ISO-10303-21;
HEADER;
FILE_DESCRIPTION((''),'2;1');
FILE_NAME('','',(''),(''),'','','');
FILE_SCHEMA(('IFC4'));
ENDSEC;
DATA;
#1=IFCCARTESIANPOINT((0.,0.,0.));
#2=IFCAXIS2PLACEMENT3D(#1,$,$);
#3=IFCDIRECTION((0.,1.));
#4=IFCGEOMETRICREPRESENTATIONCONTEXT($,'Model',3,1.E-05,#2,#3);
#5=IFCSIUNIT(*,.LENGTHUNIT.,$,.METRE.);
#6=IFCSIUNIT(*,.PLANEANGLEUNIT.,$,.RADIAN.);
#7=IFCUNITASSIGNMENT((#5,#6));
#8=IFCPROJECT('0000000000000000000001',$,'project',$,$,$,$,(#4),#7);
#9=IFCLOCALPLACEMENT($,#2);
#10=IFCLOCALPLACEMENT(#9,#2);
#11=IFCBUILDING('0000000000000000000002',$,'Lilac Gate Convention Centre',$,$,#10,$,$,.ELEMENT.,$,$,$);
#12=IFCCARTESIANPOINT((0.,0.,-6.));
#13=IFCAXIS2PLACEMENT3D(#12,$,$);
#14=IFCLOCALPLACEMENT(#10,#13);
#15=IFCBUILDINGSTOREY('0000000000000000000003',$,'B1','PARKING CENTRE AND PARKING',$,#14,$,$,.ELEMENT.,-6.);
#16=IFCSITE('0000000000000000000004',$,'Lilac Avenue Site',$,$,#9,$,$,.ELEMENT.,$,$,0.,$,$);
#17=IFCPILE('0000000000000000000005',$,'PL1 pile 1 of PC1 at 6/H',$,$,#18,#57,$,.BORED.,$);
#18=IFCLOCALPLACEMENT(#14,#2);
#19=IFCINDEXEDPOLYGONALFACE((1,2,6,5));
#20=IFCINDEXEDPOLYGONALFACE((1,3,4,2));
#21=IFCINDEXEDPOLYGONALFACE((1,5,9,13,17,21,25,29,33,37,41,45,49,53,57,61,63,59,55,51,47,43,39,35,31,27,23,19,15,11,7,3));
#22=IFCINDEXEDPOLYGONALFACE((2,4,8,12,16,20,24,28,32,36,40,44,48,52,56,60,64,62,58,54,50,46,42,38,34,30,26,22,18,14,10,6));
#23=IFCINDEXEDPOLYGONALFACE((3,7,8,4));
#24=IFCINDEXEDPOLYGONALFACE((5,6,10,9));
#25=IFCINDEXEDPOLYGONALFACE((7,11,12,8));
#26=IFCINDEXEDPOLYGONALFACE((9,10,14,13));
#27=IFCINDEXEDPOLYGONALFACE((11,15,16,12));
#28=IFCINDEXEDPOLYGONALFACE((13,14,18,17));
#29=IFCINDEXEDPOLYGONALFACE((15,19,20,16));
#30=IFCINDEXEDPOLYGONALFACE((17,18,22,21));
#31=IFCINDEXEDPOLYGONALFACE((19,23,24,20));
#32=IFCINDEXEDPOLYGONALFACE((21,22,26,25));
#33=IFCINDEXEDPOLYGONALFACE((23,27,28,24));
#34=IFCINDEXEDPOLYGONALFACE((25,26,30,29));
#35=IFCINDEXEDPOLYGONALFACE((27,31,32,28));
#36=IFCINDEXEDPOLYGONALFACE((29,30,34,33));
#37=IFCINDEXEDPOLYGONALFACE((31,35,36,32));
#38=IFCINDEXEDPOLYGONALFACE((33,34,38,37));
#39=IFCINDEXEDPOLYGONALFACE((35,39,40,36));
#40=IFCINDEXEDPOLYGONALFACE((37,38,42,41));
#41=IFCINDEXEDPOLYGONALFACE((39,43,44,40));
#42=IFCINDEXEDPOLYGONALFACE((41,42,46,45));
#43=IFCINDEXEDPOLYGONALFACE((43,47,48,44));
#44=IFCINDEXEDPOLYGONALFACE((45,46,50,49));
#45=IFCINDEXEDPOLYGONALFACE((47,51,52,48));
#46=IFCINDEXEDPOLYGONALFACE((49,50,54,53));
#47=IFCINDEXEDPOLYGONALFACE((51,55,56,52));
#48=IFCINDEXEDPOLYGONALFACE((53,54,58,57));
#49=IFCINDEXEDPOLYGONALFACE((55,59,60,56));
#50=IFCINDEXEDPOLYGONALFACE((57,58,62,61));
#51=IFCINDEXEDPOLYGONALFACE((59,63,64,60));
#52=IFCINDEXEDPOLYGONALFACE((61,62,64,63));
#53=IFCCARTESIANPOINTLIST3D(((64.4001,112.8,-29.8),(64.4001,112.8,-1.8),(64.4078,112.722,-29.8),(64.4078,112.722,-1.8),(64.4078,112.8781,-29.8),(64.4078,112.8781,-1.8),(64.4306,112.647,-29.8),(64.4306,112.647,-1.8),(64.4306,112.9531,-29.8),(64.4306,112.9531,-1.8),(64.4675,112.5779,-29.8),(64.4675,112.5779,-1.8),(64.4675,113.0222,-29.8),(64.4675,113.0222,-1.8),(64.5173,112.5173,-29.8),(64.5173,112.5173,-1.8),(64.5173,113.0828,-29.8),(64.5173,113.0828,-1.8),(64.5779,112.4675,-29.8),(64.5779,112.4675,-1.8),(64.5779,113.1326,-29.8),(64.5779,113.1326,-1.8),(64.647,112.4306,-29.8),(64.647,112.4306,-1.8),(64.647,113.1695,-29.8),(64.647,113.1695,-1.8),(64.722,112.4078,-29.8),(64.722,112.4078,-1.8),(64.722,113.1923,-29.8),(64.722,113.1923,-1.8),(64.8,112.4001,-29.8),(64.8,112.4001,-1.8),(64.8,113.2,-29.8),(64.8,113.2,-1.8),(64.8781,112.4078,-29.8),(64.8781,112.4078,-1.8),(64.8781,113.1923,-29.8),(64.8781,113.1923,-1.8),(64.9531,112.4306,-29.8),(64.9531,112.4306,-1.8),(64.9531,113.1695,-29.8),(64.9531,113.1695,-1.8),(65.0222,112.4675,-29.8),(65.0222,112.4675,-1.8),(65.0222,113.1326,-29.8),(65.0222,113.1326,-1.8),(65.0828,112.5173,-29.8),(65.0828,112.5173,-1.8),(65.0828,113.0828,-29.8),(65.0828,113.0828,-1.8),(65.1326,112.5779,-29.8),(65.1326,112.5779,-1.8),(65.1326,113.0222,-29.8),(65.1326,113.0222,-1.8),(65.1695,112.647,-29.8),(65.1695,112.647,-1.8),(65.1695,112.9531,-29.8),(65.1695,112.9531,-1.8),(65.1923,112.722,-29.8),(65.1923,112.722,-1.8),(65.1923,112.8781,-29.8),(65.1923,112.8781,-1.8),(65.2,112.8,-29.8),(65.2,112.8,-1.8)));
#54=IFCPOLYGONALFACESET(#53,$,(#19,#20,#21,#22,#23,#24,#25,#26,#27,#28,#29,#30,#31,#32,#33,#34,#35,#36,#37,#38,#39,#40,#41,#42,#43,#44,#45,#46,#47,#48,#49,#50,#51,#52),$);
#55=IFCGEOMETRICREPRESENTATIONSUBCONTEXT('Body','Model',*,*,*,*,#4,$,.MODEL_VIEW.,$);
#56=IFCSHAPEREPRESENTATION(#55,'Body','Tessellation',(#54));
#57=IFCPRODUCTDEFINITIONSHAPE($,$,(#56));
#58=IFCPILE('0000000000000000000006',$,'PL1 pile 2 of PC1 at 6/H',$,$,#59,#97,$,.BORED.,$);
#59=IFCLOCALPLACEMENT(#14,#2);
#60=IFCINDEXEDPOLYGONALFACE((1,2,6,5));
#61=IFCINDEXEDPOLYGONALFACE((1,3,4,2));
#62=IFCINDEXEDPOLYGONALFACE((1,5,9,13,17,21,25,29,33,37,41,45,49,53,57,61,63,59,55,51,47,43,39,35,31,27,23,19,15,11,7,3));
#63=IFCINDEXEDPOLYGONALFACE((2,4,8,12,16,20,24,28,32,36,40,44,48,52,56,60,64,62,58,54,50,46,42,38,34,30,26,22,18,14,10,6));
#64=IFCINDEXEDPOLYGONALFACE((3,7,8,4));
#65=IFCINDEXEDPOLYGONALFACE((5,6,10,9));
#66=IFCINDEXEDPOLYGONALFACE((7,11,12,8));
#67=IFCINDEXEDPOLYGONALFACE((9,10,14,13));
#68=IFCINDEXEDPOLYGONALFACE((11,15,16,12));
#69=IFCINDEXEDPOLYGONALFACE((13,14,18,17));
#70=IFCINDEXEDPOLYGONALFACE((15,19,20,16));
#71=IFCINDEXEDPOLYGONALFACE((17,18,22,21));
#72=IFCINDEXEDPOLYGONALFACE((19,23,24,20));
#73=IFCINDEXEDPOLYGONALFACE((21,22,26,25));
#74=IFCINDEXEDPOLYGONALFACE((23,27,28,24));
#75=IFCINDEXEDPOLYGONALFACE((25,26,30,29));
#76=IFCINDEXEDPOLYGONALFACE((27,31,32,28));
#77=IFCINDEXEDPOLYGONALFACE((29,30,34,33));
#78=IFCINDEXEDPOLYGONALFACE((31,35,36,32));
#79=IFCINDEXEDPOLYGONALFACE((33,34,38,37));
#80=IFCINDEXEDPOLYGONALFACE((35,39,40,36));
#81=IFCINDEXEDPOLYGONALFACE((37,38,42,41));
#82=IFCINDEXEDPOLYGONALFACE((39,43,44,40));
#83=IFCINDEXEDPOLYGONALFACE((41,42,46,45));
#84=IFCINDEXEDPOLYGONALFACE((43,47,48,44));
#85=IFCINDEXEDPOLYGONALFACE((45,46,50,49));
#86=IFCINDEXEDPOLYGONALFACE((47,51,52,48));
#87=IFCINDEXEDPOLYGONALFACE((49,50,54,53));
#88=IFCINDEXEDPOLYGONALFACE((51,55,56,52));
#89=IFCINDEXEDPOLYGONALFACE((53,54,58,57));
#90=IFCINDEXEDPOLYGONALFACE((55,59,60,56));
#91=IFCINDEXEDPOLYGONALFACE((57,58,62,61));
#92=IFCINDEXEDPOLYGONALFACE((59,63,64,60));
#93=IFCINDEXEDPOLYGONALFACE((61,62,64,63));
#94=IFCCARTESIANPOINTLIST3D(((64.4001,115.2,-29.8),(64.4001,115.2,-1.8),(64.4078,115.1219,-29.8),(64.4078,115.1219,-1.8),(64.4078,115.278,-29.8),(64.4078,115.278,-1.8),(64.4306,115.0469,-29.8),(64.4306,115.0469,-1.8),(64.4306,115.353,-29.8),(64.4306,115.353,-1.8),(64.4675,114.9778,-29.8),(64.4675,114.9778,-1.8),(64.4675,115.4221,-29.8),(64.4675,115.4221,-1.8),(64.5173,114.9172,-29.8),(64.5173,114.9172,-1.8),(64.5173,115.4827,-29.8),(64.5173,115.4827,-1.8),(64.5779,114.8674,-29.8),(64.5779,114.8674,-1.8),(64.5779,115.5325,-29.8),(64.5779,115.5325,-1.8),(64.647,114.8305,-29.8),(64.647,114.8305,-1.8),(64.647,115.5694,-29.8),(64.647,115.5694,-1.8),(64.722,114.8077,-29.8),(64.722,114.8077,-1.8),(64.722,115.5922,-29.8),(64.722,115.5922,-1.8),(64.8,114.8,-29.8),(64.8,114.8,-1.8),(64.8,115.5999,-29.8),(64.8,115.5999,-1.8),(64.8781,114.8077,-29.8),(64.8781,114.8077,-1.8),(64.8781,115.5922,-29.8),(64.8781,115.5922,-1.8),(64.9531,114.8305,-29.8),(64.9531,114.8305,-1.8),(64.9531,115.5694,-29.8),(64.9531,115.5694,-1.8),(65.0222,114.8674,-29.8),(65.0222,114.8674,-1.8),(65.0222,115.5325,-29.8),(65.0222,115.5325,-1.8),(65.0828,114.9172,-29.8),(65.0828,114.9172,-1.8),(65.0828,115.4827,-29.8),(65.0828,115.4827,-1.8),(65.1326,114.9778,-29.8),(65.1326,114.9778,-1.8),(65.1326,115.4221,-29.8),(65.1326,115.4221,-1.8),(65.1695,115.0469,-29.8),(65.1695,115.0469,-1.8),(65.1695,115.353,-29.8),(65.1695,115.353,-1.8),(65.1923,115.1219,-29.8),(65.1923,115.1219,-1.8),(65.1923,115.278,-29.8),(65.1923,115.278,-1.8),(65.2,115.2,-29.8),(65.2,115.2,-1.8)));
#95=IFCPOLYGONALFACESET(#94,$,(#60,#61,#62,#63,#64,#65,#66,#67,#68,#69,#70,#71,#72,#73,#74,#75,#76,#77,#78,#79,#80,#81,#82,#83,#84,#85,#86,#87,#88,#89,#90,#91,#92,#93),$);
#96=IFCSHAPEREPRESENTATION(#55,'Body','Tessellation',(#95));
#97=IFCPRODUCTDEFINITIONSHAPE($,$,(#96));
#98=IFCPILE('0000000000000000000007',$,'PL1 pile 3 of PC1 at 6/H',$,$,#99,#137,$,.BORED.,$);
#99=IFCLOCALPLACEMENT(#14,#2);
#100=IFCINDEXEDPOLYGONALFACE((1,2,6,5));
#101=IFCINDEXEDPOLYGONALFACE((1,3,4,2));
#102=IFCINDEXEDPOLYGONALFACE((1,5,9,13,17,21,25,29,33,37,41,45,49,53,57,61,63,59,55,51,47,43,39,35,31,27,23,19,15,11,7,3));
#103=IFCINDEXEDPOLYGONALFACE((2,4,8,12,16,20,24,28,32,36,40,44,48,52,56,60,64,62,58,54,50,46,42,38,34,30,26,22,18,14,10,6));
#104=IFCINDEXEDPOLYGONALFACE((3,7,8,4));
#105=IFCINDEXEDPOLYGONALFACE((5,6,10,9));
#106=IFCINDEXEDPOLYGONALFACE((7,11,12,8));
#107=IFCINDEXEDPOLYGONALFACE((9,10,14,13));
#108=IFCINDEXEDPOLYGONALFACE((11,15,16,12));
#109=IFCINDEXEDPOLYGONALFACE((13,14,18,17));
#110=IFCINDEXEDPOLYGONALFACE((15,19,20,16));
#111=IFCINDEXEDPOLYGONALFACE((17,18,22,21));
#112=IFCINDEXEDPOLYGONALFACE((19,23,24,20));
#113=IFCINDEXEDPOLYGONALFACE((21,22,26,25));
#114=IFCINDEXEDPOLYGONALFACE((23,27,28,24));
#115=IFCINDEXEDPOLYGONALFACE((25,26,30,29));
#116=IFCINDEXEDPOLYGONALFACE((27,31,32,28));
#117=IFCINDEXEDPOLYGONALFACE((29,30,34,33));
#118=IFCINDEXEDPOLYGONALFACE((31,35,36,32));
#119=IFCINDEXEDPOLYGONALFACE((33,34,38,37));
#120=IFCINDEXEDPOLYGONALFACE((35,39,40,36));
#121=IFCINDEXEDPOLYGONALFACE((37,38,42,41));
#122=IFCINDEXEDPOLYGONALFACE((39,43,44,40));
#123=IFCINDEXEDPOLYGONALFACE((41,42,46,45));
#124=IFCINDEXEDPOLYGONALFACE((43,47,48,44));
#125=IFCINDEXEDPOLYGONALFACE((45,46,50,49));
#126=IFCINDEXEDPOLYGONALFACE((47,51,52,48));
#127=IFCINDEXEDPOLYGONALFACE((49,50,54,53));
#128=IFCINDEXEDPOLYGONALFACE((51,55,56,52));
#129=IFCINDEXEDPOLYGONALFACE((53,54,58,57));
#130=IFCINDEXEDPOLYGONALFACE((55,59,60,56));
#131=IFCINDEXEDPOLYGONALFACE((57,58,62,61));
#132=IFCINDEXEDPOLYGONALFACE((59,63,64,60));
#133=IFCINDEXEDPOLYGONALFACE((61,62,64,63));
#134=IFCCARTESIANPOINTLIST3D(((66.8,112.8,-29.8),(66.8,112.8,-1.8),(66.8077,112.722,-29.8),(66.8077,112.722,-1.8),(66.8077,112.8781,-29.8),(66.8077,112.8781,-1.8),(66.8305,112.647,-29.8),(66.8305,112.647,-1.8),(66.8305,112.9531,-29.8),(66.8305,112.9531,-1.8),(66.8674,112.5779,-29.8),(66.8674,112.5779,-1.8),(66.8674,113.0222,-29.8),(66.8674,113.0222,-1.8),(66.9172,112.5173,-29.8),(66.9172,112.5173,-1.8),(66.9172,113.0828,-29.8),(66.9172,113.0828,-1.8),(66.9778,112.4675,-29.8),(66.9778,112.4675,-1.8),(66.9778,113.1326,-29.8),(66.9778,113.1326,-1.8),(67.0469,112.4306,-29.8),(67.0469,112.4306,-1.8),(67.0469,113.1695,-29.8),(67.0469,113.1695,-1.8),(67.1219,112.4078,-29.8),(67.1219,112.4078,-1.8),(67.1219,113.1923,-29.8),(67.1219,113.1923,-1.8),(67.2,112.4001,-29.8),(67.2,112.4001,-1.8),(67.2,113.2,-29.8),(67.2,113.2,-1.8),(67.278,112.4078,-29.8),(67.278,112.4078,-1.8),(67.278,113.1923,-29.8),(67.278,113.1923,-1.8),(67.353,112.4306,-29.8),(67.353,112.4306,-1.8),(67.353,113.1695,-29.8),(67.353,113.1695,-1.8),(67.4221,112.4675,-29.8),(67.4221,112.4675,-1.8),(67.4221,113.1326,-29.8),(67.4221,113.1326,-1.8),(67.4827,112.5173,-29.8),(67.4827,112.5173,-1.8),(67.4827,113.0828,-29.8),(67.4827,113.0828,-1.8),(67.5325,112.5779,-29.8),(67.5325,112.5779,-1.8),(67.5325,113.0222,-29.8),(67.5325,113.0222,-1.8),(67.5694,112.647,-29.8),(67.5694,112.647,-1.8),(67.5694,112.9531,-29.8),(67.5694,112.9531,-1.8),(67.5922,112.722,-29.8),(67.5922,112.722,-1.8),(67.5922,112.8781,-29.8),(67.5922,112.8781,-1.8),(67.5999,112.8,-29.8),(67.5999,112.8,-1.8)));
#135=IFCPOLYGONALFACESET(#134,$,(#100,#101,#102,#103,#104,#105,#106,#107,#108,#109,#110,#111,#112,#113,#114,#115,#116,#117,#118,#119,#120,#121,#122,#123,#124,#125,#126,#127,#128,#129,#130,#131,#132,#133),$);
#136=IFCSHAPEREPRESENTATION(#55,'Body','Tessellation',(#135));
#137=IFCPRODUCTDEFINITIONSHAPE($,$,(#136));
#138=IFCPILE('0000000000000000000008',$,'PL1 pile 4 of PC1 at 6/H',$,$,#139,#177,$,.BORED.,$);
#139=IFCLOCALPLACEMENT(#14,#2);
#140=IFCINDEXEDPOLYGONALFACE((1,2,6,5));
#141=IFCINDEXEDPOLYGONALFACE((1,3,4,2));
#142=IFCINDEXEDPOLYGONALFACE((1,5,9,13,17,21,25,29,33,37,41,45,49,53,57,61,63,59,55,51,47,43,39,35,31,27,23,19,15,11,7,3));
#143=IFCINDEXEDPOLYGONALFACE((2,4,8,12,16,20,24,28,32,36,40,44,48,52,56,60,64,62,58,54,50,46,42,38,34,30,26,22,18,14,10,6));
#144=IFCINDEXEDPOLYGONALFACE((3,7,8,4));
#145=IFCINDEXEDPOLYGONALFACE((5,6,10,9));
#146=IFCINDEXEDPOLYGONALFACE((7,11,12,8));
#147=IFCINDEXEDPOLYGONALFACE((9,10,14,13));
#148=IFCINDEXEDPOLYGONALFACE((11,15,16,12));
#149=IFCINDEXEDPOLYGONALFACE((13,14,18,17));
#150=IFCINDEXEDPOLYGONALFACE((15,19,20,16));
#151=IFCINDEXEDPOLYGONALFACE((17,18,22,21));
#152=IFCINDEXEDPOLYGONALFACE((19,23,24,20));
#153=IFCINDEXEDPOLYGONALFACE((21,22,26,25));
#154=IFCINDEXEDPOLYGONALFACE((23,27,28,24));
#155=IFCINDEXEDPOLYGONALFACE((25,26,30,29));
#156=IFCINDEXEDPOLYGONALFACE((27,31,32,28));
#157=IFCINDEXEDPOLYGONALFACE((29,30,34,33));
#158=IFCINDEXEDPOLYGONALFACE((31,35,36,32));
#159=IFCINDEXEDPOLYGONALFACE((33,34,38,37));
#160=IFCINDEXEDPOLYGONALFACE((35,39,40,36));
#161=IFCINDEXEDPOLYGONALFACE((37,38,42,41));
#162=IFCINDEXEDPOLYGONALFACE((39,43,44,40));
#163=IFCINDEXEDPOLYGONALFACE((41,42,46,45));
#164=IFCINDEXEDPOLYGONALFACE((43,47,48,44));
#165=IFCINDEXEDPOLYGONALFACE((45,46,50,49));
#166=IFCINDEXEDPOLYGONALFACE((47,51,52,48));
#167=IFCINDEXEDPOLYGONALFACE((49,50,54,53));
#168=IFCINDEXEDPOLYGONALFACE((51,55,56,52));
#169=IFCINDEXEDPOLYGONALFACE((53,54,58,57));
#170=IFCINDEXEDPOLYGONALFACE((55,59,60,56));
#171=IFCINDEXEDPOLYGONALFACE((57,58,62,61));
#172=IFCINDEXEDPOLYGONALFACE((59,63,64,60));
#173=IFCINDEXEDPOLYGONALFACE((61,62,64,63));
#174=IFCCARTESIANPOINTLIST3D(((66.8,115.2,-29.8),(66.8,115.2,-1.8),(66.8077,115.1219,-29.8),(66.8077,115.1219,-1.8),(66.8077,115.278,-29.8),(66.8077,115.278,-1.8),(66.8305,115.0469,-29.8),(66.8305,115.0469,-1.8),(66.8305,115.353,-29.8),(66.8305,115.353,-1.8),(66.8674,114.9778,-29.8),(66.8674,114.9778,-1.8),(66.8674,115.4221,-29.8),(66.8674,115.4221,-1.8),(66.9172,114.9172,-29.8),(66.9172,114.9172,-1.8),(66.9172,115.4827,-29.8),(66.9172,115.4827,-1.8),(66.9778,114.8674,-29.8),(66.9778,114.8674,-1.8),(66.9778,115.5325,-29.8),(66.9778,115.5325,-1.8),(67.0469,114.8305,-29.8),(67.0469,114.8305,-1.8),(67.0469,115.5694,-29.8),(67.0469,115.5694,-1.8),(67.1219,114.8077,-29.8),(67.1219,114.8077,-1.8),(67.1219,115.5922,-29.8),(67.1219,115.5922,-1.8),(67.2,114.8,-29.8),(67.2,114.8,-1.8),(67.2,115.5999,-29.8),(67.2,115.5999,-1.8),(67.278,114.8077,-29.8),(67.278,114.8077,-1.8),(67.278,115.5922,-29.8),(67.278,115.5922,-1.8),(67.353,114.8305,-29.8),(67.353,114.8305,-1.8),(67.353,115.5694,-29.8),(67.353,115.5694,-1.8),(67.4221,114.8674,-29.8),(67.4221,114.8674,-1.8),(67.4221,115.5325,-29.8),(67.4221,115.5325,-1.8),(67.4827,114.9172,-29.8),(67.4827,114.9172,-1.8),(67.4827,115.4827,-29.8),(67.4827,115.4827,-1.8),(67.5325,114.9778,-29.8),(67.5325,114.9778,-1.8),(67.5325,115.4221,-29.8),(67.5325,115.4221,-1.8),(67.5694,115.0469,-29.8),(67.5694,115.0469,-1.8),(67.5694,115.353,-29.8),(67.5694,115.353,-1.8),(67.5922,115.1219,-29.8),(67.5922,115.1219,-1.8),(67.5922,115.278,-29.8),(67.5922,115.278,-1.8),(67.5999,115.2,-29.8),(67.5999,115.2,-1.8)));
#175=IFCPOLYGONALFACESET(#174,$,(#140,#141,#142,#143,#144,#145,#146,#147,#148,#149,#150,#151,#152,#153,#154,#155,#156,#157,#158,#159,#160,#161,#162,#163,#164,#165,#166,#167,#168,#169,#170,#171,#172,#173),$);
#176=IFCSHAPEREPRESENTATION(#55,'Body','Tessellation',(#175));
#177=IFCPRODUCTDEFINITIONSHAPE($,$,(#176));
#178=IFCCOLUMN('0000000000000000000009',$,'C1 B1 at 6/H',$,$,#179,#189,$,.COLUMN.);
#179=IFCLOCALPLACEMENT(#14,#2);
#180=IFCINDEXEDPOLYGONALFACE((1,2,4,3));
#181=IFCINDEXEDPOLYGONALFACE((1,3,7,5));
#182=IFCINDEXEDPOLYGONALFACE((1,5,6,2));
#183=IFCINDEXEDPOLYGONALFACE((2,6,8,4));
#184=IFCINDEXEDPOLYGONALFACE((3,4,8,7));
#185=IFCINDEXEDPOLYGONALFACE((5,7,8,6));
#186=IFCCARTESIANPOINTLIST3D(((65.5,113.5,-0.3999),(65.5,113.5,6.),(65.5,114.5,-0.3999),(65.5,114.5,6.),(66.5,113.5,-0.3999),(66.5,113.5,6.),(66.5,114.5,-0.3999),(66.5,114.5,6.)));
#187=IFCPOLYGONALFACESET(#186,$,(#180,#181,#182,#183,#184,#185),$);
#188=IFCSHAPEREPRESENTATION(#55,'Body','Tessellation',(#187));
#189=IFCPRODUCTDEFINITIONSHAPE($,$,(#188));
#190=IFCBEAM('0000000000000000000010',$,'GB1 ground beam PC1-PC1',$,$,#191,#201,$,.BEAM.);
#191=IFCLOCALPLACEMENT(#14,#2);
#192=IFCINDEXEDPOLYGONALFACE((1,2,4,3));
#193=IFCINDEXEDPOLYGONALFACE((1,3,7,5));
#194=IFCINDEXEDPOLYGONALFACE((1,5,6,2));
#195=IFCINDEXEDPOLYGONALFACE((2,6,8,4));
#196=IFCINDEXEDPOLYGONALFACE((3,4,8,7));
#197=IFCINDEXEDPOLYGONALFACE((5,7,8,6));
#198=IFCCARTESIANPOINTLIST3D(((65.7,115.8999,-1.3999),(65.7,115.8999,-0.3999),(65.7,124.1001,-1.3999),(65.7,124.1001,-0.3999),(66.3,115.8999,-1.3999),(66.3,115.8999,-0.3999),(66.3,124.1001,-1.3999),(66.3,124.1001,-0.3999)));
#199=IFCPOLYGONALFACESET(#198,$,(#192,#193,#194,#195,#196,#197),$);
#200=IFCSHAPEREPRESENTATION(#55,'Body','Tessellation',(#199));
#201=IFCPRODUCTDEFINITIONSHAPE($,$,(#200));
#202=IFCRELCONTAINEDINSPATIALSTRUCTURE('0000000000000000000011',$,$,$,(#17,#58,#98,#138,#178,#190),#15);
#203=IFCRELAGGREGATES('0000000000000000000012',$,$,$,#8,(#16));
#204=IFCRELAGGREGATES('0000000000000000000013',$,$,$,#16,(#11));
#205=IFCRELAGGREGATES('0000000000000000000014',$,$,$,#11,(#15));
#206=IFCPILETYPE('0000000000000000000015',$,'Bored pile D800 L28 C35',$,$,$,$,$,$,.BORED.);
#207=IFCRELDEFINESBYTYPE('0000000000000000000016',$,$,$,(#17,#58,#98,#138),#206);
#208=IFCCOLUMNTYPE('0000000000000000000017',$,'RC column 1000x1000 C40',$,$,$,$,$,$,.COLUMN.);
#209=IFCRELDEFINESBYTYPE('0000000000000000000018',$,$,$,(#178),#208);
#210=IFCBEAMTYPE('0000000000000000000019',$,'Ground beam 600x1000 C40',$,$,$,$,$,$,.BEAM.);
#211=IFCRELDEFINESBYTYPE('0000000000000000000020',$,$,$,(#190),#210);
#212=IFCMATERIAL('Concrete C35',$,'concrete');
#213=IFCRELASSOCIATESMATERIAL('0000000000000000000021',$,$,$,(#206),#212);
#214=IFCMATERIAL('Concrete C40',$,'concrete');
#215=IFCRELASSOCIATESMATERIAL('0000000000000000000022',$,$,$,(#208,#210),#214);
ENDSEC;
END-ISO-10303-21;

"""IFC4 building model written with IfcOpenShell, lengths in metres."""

from ifc_helpers import new_model, si_unit, direction, frame, origin, origin_2d, place, context, subcontext, project, spatial, rectangle, circle, extrude, material, material_profile, profile_set, type_object, element, save


model = new_model("IFC4")

# Units and contexts
model_context = context("Model", 3, precision=1e-05, world=origin(), true_north=direction((0.0, 1.0)))
body_context = subcontext(model_context, "Body", "Model", "MODEL_VIEW")
ifc_project = project(units=[si_unit("LENGTHUNIT", "METRE"), si_unit("PLANEANGLEUNIT", "RADIAN")], contexts=[model_context])

# Site, building, storey
site_placement = place(None, origin())
site = spatial("IfcSite", under=ifc_project, at=site_placement, Name="Lilac Avenue Site", CompositionType="ELEMENT", RefElevation=0.0)
building_placement = place(site_placement, origin())
building = spatial("IfcBuilding", under=site, at=building_placement, Name="Lilac Gate Convention Centre", CompositionType="ELEMENT")
storey_placement = place(building_placement, frame((0.0, 0.0, -6.0)))
storey = spatial("IfcBuildingStorey", under=building, at=storey_placement, Name="B1", Description="PARKING CENTRE AND PARKING", CompositionType="ELEMENT", Elevation=-6.0)

# Piles
ifc_material_1 = material(Name="Concrete C35", Category="concrete")
ifc_material_profile_1 = material_profile(ifc_material_1, circle(Radius=0.3999, at=origin_2d()), Name="D800")
ifc_profile_set_1 = profile_set([ifc_material_profile_1], Name="Concrete C35")
pile_type = type_object("IfcPileType", Name="Bored pile D800 L28 C35", PredefinedType="BORED", material=ifc_profile_set_1)
for number, where, z_axis, x_axis, name in (
    (1, (64.8, 112.8, -1.8), (0.0, 0.0, -1.0), (1.0, 0.0, 0.0), "PL1 pile 1 of PC1 at 6/H"),
    (2, (64.8, 115.2, -1.8), (0.0, 0.0, -1.0), (1.0, 0.0, 0.0), "PL1 pile 2 of PC1 at 6/H"),
    (3, (67.2, 112.8, -1.8), (0.0, 0.0, -1.0), (1.0, 0.0, 0.0), "PL1 pile 3 of PC1 at 6/H"),
    (4, (67.2, 115.2, -1.8), (0.0, 0.0, -1.0), (1.0, 0.0, 0.0), "PL1 pile 4 of PC1 at 6/H"),
):
    element("IfcPile", number, at=place(storey_placement, frame(where, z_axis=z_axis, x_axis=x_axis)), inside=storey, type_object=pile_type, Name=name, PredefinedType="BORED", context=body_context, shape_type="SweptSolid", body=[
        extrude(circle(Radius=0.3999, at=origin_2d()), origin(), (0.0, 0.0, 1.0), 28.0),
    ])

# Column
ifc_material_2 = material(Name="Concrete C40", Category="concrete")
ifc_material_profile_2 = material_profile(ifc_material_2, rectangle(XDim=1.0, YDim=1.0, at=origin_2d()), Name="RC 1000x1000")
ifc_profile_set_2 = profile_set([ifc_material_profile_2], Name="Concrete C40")
column_type = type_object("IfcColumnType", Name="RC column 1000x1000 C40", PredefinedType="COLUMN", material=ifc_profile_set_2)
column_placement = place(storey_placement, frame((66.0, 114.0, -0.3999), z_axis=(0.0, 0.0, 1.0), x_axis=(1.0, 0.0, 0.0)))
element("IfcColumn", 5, at=column_placement, inside=storey, type_object=column_type, Name="C1 B1 at 6/H", PredefinedType="COLUMN", context=body_context, shape_type="SweptSolid", body=[
    extrude(rectangle(XDim=1.0, YDim=1.0, at=origin_2d()), origin(), (0.0, 0.0, 1.0), 6.3999),
])

# Beam
ifc_material_profile_3 = material_profile(ifc_material_2, rectangle(XDim=0.6001, YDim=1.0, at=origin_2d()), Name="RC 600x1000")
ifc_profile_set_3 = profile_set([ifc_material_profile_3], Name="Concrete C40")
beam_type = type_object("IfcBeamType", Name="Ground beam 600x1000 C40", PredefinedType="BEAM", material=ifc_profile_set_3)
beam_placement = place(storey_placement, frame((66.0, 115.8999, -0.8999), z_axis=(0.0, 1.0, 0.0), x_axis=(-1.0, 0.0, 0.0)))
element("IfcBeam", 6, at=beam_placement, inside=storey, type_object=beam_type, Name="GB1 ground beam PC1-PC1", PredefinedType="BEAM", context=body_context, shape_type="SweptSolid", body=[
    extrude(rectangle(XDim=0.6001, YDim=1.0, at=origin_2d()), origin(), (0.0, 0.0, 1.0), 8.2002),
])

save(model, "model.ifc")
